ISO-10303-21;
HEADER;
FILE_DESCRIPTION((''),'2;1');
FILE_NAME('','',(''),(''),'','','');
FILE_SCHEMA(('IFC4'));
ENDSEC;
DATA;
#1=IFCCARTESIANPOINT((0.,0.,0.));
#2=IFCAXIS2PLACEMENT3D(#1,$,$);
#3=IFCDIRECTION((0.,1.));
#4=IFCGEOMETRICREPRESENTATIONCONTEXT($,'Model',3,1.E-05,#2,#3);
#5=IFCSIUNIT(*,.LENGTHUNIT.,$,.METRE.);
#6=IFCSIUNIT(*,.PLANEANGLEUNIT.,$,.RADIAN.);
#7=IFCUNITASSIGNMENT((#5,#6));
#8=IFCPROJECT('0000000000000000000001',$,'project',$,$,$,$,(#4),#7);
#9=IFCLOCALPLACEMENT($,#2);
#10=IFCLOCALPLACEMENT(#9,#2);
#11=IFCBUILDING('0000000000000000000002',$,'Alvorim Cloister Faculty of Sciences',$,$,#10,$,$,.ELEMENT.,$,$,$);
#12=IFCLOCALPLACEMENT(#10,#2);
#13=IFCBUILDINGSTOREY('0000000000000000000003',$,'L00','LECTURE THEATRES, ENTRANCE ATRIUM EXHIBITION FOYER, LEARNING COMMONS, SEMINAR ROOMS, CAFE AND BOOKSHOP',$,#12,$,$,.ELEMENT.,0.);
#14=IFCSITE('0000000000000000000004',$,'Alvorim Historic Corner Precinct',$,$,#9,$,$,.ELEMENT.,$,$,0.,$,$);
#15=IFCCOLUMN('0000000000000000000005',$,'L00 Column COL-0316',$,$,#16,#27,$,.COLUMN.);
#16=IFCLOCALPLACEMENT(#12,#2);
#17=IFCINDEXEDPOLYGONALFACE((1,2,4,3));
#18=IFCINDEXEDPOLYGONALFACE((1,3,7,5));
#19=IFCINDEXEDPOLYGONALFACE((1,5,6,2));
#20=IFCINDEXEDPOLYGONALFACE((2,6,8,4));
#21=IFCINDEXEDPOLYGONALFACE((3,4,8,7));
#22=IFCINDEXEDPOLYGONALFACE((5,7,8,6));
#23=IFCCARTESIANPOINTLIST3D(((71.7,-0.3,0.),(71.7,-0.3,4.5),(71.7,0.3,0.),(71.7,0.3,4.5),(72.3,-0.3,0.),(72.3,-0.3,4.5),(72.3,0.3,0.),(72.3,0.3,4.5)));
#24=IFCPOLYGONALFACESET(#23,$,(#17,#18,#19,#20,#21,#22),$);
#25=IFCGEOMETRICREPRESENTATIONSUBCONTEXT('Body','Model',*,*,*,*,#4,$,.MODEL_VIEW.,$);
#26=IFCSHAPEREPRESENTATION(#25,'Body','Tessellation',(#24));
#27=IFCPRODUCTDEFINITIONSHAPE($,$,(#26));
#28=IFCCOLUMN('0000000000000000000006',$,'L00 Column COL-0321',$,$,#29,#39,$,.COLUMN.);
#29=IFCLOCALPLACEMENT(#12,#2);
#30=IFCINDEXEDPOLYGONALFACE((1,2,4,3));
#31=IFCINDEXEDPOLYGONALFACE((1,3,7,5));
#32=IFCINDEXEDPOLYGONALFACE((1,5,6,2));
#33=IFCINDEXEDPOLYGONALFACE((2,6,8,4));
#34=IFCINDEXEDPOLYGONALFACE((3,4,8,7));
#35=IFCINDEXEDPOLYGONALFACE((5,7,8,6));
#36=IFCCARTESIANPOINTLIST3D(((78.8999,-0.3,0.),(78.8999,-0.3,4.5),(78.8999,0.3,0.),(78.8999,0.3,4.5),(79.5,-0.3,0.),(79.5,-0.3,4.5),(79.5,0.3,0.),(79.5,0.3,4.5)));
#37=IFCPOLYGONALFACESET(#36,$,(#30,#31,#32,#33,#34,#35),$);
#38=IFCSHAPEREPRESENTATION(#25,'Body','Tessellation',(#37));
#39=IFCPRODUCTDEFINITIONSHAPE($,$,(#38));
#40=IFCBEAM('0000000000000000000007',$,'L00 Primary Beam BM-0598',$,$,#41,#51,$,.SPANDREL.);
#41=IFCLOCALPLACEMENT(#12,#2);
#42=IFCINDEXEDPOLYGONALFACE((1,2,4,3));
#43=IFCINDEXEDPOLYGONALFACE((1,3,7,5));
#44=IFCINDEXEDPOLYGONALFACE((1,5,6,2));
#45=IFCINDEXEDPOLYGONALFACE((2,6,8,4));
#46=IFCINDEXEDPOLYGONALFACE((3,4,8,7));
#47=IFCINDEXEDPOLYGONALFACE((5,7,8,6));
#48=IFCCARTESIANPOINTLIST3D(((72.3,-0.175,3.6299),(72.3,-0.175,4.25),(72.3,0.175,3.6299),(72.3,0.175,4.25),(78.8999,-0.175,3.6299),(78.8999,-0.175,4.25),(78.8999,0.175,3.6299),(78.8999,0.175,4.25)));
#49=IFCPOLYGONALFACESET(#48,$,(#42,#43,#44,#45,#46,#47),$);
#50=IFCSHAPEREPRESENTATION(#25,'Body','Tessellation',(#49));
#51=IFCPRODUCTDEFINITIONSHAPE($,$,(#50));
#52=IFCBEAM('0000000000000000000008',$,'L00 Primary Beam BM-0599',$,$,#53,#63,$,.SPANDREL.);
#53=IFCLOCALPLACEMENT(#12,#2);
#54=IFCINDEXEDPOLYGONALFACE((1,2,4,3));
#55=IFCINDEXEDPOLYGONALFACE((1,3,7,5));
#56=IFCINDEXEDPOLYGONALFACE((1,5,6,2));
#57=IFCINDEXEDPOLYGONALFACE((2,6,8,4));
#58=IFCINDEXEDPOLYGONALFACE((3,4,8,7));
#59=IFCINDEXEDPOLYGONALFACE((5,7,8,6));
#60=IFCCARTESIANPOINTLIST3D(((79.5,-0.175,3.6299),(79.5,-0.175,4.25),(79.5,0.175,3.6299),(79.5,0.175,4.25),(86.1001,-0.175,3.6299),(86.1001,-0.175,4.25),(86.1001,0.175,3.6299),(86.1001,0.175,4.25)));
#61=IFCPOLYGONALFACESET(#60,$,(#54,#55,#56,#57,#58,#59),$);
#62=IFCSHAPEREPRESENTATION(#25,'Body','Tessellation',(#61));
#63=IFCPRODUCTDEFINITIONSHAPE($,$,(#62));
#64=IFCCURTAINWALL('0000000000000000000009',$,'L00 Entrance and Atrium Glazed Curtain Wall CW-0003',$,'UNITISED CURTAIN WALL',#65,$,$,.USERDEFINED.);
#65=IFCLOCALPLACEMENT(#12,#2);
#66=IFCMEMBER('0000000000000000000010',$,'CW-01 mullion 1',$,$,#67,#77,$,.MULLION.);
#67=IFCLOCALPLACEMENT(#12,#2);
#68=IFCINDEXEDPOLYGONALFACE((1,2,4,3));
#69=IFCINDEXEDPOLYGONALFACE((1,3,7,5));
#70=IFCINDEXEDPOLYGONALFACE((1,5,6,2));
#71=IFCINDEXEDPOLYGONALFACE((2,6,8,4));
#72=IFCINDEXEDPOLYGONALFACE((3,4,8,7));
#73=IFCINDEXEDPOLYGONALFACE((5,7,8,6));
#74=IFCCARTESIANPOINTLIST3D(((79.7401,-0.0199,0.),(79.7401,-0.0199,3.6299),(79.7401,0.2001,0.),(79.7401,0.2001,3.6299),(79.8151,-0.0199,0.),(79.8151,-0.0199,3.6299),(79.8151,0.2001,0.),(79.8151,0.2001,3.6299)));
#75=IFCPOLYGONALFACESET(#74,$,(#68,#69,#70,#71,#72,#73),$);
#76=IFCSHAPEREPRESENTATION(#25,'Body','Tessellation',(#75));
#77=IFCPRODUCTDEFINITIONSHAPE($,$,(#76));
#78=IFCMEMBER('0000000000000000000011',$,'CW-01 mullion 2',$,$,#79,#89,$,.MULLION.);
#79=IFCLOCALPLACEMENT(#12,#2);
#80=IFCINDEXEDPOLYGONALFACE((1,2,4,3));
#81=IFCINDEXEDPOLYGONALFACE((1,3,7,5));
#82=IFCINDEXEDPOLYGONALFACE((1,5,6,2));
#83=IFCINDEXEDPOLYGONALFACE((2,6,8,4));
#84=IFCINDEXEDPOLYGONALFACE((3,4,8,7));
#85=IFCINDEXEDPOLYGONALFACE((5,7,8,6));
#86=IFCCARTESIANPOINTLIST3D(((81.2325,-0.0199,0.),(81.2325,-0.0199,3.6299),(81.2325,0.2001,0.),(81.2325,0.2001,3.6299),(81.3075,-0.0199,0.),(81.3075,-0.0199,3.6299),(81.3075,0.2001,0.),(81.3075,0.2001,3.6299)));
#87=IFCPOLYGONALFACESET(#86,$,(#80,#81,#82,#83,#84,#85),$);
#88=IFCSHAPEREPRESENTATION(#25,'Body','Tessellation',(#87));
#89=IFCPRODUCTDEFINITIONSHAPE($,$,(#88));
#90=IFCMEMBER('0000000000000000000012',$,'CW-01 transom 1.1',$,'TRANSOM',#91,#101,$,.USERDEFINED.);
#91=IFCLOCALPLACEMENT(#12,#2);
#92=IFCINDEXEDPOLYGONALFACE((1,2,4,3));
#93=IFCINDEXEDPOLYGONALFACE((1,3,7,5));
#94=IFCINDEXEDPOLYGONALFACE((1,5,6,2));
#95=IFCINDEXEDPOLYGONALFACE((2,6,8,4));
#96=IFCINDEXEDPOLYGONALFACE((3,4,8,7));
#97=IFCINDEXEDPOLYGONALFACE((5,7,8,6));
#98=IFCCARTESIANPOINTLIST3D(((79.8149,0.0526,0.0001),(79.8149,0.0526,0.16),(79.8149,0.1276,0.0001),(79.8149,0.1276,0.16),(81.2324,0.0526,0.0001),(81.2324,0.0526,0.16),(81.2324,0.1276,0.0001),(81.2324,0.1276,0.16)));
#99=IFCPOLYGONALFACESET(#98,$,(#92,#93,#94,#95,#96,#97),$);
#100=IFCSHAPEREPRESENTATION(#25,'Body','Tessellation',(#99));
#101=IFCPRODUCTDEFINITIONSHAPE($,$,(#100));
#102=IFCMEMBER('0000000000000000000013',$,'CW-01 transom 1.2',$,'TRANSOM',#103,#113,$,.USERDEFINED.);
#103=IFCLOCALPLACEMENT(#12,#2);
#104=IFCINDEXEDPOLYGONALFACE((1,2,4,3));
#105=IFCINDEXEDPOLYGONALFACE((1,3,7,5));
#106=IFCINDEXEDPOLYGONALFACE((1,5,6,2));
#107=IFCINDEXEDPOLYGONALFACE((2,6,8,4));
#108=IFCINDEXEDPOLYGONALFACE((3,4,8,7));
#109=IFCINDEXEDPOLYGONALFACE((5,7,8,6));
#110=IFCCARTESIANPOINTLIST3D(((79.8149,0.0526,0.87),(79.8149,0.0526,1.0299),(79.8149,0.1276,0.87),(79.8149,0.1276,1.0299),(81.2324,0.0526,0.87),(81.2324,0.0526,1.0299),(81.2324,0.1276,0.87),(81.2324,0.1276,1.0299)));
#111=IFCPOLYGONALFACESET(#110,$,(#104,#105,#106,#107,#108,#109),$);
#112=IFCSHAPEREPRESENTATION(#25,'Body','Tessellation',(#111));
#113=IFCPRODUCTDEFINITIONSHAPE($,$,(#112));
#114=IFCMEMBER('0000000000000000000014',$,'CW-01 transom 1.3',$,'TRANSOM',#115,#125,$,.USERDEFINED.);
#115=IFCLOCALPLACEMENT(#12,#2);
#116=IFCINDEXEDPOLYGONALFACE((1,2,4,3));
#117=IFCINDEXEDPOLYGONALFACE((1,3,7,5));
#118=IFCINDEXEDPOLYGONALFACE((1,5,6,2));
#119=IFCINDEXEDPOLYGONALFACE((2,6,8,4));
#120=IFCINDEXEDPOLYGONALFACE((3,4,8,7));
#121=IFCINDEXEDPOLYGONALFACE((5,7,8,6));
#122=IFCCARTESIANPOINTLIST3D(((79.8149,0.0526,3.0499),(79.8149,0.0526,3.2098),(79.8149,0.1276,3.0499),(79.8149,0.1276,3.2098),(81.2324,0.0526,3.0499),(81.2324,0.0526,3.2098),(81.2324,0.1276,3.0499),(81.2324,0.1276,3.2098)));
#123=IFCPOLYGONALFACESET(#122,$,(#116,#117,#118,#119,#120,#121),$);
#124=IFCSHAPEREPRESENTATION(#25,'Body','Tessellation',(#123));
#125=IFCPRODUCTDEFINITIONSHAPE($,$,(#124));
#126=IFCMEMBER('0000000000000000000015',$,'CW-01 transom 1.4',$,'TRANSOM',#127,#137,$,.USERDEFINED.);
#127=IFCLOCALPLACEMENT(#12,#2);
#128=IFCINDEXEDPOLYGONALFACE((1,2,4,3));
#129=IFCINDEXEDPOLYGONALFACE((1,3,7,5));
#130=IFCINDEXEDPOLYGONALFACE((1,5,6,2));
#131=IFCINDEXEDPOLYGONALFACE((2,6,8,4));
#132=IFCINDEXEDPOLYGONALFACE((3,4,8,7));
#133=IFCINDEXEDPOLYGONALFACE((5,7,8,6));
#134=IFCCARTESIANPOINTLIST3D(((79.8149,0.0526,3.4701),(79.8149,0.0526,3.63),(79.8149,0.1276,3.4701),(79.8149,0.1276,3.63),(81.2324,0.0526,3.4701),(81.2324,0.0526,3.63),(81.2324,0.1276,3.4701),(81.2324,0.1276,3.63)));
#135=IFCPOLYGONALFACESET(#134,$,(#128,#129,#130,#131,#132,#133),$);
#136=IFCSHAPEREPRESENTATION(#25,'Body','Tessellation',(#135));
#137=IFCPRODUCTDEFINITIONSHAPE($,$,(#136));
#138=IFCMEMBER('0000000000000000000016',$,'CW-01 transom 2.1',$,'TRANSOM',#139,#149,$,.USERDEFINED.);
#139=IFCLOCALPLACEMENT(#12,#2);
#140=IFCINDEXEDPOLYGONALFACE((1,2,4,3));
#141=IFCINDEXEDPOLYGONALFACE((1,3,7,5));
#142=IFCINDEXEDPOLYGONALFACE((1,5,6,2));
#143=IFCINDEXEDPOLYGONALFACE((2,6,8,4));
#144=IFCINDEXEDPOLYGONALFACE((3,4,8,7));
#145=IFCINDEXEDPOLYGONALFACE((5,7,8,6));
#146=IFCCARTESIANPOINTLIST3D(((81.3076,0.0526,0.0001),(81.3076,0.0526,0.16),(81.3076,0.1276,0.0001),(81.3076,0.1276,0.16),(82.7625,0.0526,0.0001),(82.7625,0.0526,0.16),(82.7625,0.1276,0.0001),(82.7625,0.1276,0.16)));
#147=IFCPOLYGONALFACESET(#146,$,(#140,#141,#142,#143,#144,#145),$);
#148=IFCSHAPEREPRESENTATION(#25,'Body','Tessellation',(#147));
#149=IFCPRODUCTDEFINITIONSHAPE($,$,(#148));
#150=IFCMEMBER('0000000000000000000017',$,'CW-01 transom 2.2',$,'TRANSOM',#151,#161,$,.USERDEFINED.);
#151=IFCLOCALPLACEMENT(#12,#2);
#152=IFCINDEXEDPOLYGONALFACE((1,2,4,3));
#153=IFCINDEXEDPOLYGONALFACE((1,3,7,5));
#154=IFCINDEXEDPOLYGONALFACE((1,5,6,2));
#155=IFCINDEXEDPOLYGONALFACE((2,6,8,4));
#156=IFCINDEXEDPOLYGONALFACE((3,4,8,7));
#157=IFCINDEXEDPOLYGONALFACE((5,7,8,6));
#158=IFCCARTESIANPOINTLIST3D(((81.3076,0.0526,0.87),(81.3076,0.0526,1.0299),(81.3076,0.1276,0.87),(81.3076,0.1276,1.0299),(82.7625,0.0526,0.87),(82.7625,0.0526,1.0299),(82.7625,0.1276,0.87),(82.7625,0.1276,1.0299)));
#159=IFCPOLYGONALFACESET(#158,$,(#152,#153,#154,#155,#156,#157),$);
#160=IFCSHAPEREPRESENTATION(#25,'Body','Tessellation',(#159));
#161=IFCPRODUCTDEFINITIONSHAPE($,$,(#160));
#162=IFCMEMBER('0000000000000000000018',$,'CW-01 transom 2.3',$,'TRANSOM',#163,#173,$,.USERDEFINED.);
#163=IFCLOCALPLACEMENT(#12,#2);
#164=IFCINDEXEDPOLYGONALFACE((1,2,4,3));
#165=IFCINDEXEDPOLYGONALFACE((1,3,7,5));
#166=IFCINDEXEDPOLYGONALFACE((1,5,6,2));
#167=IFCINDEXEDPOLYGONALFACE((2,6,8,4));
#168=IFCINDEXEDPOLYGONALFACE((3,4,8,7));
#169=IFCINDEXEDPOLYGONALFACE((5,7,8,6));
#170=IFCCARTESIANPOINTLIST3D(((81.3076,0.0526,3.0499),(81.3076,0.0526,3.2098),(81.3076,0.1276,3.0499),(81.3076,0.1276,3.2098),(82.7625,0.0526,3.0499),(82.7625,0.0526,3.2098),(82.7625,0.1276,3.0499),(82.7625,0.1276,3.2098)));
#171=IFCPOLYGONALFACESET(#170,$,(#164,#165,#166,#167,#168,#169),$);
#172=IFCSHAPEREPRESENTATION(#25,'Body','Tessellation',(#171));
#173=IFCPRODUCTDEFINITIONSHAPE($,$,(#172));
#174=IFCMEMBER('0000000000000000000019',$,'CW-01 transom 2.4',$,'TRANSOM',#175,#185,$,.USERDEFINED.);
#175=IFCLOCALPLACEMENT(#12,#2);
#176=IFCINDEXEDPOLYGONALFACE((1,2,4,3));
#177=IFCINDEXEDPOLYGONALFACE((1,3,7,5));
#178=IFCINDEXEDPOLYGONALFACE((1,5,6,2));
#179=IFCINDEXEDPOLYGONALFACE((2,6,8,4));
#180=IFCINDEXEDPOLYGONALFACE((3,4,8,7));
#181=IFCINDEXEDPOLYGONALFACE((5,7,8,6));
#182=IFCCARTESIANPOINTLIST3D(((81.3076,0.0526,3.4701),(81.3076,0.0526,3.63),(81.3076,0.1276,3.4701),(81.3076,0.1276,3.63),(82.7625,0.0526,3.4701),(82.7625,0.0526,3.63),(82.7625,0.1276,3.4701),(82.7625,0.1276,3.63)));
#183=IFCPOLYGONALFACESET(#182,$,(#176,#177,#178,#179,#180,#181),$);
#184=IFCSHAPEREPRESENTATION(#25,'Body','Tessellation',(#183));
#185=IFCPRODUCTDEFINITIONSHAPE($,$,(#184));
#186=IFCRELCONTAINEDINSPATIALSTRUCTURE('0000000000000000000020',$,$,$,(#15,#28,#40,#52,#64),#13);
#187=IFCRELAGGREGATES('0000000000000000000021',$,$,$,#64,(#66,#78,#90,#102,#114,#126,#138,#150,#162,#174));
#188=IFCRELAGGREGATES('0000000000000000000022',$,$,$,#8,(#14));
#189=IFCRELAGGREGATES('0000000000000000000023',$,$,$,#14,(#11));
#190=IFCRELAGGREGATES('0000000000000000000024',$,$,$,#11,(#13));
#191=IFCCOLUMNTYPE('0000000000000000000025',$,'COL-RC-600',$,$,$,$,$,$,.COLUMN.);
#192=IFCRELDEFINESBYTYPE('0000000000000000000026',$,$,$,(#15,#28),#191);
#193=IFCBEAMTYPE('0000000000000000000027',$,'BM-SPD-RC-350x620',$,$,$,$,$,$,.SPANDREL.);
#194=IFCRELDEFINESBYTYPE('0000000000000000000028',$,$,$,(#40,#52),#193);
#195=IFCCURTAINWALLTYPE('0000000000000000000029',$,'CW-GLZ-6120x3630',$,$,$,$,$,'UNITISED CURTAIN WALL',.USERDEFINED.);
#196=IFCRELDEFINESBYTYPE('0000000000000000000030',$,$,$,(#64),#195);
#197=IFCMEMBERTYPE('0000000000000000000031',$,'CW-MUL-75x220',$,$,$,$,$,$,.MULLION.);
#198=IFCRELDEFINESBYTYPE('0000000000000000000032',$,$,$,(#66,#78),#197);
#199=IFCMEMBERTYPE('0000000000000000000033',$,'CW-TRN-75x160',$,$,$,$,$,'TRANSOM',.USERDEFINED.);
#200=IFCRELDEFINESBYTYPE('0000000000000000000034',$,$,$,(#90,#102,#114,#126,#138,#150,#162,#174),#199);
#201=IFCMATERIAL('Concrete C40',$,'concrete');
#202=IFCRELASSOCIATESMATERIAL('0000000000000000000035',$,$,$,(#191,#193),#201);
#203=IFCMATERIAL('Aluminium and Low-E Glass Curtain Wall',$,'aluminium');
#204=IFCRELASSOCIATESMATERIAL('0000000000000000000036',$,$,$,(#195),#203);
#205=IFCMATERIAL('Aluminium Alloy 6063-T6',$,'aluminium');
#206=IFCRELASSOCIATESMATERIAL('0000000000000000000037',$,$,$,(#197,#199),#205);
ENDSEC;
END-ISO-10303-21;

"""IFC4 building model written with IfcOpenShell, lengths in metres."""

from ifc_helpers import new_model, si_unit, direction, frame, origin, origin_2d, place, context, subcontext, project, spatial, rectangle, extrude, material, material_profile, profile_set, type_object, element, aggregate, save


model = new_model("IFC4")

# Units and contexts
model_context = context("Model", 3, precision=1e-05, world=origin(), true_north=direction((0.0, 1.0)))
body_context = subcontext(model_context, "Body", "Model", "MODEL_VIEW")
ifc_project = project(units=[si_unit("LENGTHUNIT", "METRE"), si_unit("PLANEANGLEUNIT", "RADIAN")], contexts=[model_context])

# Site, building, storey
site_placement = place(None, origin())
site = spatial("IfcSite", under=ifc_project, at=site_placement, Name="Alvorim Historic Corner Precinct", CompositionType="ELEMENT", RefElevation=0.0)
building_placement = place(site_placement, origin())
building = spatial("IfcBuilding", under=site, at=building_placement, Name="Alvorim Cloister Faculty of Sciences", CompositionType="ELEMENT")
storey_placement = place(building_placement, origin())
storey = spatial("IfcBuildingStorey", under=building, at=storey_placement, Name="L00", Description="LECTURE THEATRES, ENTRANCE ATRIUM EXHIBITION FOYER, LEARNING COMMONS, SEMINAR ROOMS, CAFE AND BOOKSHOP", CompositionType="ELEMENT", Elevation=0.0)

# Columns
ifc_material_1 = material(Name="Concrete C40", Category="concrete")
ifc_material_profile_1 = material_profile(ifc_material_1, rectangle(XDim=0.6001, YDim=0.6001, at=origin_2d()), Name="RC40-COL-600x600")
ifc_profile_set_1 = profile_set([ifc_material_profile_1], Name="Concrete C40")
column_type = type_object("IfcColumnType", Name="COL-RC-600", PredefinedType="COLUMN", material=ifc_profile_set_1)
for number, where, z_axis, x_axis, name in (
    (1, (72.0, 0.0, 0.0), (0.0, 0.0, 1.0), (1.0, 0.0, 0.0), "L00 Column COL-0316"),
    (2, (79.2, 0.0, 0.0), (0.0, 0.0, 1.0), (1.0, 0.0, 0.0), "L00 Column COL-0321"),
):
    element("IfcColumn", number, at=place(storey_placement, frame(where, z_axis=z_axis, x_axis=x_axis)), inside=storey, type_object=column_type, Name=name, PredefinedType="COLUMN", context=body_context, shape_type="SweptSolid", body=[
        extrude(rectangle(XDim=0.6001, YDim=0.6001, at=origin_2d()), origin(), (0.0, 0.0, 1.0), 4.5),
    ])

# Beams
ifc_material_profile_2 = material_profile(ifc_material_1, rectangle(XDim=0.3501, YDim=0.6201, at=origin_2d()), Name="RC40-SPD-350x620")
ifc_profile_set_2 = profile_set([ifc_material_profile_2], Name="Concrete C40")
beam_type = type_object("IfcBeamType", Name="BM-SPD-RC-350x620", PredefinedType="SPANDREL", material=ifc_profile_set_2)
beam_1_placement = place(storey_placement, frame((72.3, 0.0, 3.9399), z_axis=(1.0, 0.0, 0.0), x_axis=(0.0, 1.0, 0.0)))
element("IfcBeam", 3, at=beam_1_placement, inside=storey, type_object=beam_type, Name="L00 Primary Beam BM-0598", PredefinedType="SPANDREL", context=body_context, shape_type="SweptSolid", body=[
    extrude(rectangle(XDim=0.3501, YDim=0.6201, at=origin_2d()), origin(), (0.0, 0.0, 1.0), 6.5999),
])
beam_2_placement = place(storey_placement, frame((79.5, 0.0, 3.9399), z_axis=(1.0, 0.0, 0.0), x_axis=(0.0, 1.0, 0.0)))
element("IfcBeam", 4, at=beam_2_placement, inside=storey, type_object=beam_type, Name="L00 Primary Beam BM-0599", PredefinedType="SPANDREL", context=body_context, shape_type="SweptSolid", body=[
    extrude(rectangle(XDim=0.3501, YDim=0.6201, at=origin_2d()), origin(), (0.0, 0.0, 1.0), 6.6001),
])

# Curtain wall, members
ifc_material_2 = material(Name="Aluminium and Low-E Glass Curtain Wall", Category="aluminium")
curtain_wall_type = type_object("IfcCurtainWallType", Name="CW-GLZ-6120x3630", ElementType="UNITISED CURTAIN WALL", PredefinedType="USERDEFINED", material=ifc_material_2)
curtain_wall_placement = place(storey_placement, origin())
curtain_wall = element("IfcCurtainWall", 5, at=curtain_wall_placement, inside=storey, type_object=curtain_wall_type, Name="L00 Entrance and Atrium Glazed Curtain Wall CW-0003", ObjectType="UNITISED CURTAIN WALL", PredefinedType="USERDEFINED")
ifc_material_3 = material(Name="Aluminium Alloy 6063-T6", Category="aluminium")
ifc_material_profile_3 = material_profile(ifc_material_3, rectangle(XDim=0.075, YDim=0.22, at=origin_2d()), Name="ALU-MUL-75x220")
ifc_profile_set_3 = profile_set([ifc_material_profile_3], Name="Aluminium Alloy 6063-T6")
member_type_1 = type_object("IfcMemberType", Name="CW-MUL-75x220", PredefinedType="MULLION", material=ifc_profile_set_3)
member_1_placement = place(storey_placement, frame((79.7776, 0.0901, 0.0), z_axis=(0.0, 0.0, 1.0), x_axis=(1.0, 0.0, 0.0)))
member_1 = element("IfcMember", 6, at=member_1_placement, type_object=member_type_1, Name="CW-01 mullion 1", PredefinedType="MULLION", context=body_context, shape_type="SweptSolid", body=[
    extrude(rectangle(XDim=0.075, YDim=0.22, at=origin_2d()), origin(), (0.0, 0.0, 1.0), 3.6299),
])
member_2_placement = place(storey_placement, frame((81.27, 0.0901, 0.0), z_axis=(0.0, 0.0, 1.0), x_axis=(1.0, 0.0, 0.0)))
member_2 = element("IfcMember", 7, at=member_2_placement, type_object=member_type_1, Name="CW-01 mullion 2", PredefinedType="MULLION", context=body_context, shape_type="SweptSolid", body=[
    extrude(rectangle(XDim=0.075, YDim=0.22, at=origin_2d()), origin(), (0.0, 0.0, 1.0), 3.6299),
])
ifc_material_profile_4 = material_profile(ifc_material_3, rectangle(XDim=0.075, YDim=0.1599, at=origin_2d()), Name="ALU-TRN-75x160")
ifc_profile_set_4 = profile_set([ifc_material_profile_4], Name="Aluminium Alloy 6063-T6")
member_type_2 = type_object("IfcMemberType", Name="CW-TRN-75x160", ElementType="TRANSOM", PredefinedType="USERDEFINED", material=ifc_profile_set_4)
member_3_placement = place(storey_placement, frame((79.8149, 0.0901, 0.0801), z_axis=(1.0, 0.0, 0.0), x_axis=(0.0, 1.0, 0.0)))
member_3 = element("IfcMember", 8, at=member_3_placement, type_object=member_type_2, Name="CW-01 transom 1.1", ObjectType="TRANSOM", PredefinedType="USERDEFINED", context=body_context, shape_type="SweptSolid", body=[
    extrude(rectangle(XDim=0.075, YDim=0.1599, at=origin_2d()), origin(), (0.0, 0.0, 1.0), 1.4175),
])
member_4_placement = place(storey_placement, frame((79.8149, 0.0901, 0.95), z_axis=(1.0, 0.0, 0.0), x_axis=(0.0, 1.0, 0.0)))
member_4 = element("IfcMember", 9, at=member_4_placement, type_object=member_type_2, Name="CW-01 transom 1.2", ObjectType="TRANSOM", PredefinedType="USERDEFINED", context=body_context, shape_type="SweptSolid", body=[
    extrude(rectangle(XDim=0.075, YDim=0.1599, at=origin_2d()), origin(), (0.0, 0.0, 1.0), 1.4175),
])
member_5_placement = place(storey_placement, frame((79.8149, 0.0901, 3.1299), z_axis=(1.0, 0.0, 0.0), x_axis=(0.0, 1.0, 0.0)))
member_5 = element("IfcMember", 10, at=member_5_placement, type_object=member_type_2, Name="CW-01 transom 1.3", ObjectType="TRANSOM", PredefinedType="USERDEFINED", context=body_context, shape_type="SweptSolid", body=[
    extrude(rectangle(XDim=0.075, YDim=0.1599, at=origin_2d()), origin(), (0.0, 0.0, 1.0), 1.4175),
])
member_6_placement = place(storey_placement, frame((79.8149, 0.0901, 3.55), z_axis=(1.0, 0.0, 0.0), x_axis=(0.0, 1.0, 0.0)))
member_6 = element("IfcMember", 11, at=member_6_placement, type_object=member_type_2, Name="CW-01 transom 1.4", ObjectType="TRANSOM", PredefinedType="USERDEFINED", context=body_context, shape_type="SweptSolid", body=[
    extrude(rectangle(XDim=0.075, YDim=0.1599, at=origin_2d()), origin(), (0.0, 0.0, 1.0), 1.4175),
])
member_7_placement = place(storey_placement, frame((81.3076, 0.0901, 0.0801), z_axis=(1.0, 0.0, 0.0), x_axis=(0.0, 1.0, 0.0)))
member_7 = element("IfcMember", 12, at=member_7_placement, type_object=member_type_2, Name="CW-01 transom 2.1", ObjectType="TRANSOM", PredefinedType="USERDEFINED", context=body_context, shape_type="SweptSolid", body=[
    extrude(rectangle(XDim=0.075, YDim=0.1599, at=origin_2d()), origin(), (0.0, 0.0, 1.0), 1.4548),
])
member_8_placement = place(storey_placement, frame((81.3076, 0.0901, 0.95), z_axis=(1.0, 0.0, 0.0), x_axis=(0.0, 1.0, 0.0)))
member_8 = element("IfcMember", 13, at=member_8_placement, type_object=member_type_2, Name="CW-01 transom 2.2", ObjectType="TRANSOM", PredefinedType="USERDEFINED", context=body_context, shape_type="SweptSolid", body=[
    extrude(rectangle(XDim=0.075, YDim=0.1599, at=origin_2d()), origin(), (0.0, 0.0, 1.0), 1.4548),
])
member_9_placement = place(storey_placement, frame((81.3076, 0.0901, 3.1299), z_axis=(1.0, 0.0, 0.0), x_axis=(0.0, 1.0, 0.0)))
member_9 = element("IfcMember", 14, at=member_9_placement, type_object=member_type_2, Name="CW-01 transom 2.3", ObjectType="TRANSOM", PredefinedType="USERDEFINED", context=body_context, shape_type="SweptSolid", body=[
    extrude(rectangle(XDim=0.075, YDim=0.1599, at=origin_2d()), origin(), (0.0, 0.0, 1.0), 1.4548),
])
member_10_placement = place(storey_placement, frame((81.3076, 0.0901, 3.55), z_axis=(1.0, 0.0, 0.0), x_axis=(0.0, 1.0, 0.0)))
member_10 = element("IfcMember", 15, at=member_10_placement, type_object=member_type_2, Name="CW-01 transom 2.4", ObjectType="TRANSOM", PredefinedType="USERDEFINED", context=body_context, shape_type="SweptSolid", body=[
    extrude(rectangle(XDim=0.075, YDim=0.1599, at=origin_2d()), origin(), (0.0, 0.0, 1.0), 1.4548),
])
aggregate(curtain_wall, [member_1, member_2, member_3, member_4, member_5, member_6, member_7, member_8, member_9, member_10])

save(model, "model.ifc")
